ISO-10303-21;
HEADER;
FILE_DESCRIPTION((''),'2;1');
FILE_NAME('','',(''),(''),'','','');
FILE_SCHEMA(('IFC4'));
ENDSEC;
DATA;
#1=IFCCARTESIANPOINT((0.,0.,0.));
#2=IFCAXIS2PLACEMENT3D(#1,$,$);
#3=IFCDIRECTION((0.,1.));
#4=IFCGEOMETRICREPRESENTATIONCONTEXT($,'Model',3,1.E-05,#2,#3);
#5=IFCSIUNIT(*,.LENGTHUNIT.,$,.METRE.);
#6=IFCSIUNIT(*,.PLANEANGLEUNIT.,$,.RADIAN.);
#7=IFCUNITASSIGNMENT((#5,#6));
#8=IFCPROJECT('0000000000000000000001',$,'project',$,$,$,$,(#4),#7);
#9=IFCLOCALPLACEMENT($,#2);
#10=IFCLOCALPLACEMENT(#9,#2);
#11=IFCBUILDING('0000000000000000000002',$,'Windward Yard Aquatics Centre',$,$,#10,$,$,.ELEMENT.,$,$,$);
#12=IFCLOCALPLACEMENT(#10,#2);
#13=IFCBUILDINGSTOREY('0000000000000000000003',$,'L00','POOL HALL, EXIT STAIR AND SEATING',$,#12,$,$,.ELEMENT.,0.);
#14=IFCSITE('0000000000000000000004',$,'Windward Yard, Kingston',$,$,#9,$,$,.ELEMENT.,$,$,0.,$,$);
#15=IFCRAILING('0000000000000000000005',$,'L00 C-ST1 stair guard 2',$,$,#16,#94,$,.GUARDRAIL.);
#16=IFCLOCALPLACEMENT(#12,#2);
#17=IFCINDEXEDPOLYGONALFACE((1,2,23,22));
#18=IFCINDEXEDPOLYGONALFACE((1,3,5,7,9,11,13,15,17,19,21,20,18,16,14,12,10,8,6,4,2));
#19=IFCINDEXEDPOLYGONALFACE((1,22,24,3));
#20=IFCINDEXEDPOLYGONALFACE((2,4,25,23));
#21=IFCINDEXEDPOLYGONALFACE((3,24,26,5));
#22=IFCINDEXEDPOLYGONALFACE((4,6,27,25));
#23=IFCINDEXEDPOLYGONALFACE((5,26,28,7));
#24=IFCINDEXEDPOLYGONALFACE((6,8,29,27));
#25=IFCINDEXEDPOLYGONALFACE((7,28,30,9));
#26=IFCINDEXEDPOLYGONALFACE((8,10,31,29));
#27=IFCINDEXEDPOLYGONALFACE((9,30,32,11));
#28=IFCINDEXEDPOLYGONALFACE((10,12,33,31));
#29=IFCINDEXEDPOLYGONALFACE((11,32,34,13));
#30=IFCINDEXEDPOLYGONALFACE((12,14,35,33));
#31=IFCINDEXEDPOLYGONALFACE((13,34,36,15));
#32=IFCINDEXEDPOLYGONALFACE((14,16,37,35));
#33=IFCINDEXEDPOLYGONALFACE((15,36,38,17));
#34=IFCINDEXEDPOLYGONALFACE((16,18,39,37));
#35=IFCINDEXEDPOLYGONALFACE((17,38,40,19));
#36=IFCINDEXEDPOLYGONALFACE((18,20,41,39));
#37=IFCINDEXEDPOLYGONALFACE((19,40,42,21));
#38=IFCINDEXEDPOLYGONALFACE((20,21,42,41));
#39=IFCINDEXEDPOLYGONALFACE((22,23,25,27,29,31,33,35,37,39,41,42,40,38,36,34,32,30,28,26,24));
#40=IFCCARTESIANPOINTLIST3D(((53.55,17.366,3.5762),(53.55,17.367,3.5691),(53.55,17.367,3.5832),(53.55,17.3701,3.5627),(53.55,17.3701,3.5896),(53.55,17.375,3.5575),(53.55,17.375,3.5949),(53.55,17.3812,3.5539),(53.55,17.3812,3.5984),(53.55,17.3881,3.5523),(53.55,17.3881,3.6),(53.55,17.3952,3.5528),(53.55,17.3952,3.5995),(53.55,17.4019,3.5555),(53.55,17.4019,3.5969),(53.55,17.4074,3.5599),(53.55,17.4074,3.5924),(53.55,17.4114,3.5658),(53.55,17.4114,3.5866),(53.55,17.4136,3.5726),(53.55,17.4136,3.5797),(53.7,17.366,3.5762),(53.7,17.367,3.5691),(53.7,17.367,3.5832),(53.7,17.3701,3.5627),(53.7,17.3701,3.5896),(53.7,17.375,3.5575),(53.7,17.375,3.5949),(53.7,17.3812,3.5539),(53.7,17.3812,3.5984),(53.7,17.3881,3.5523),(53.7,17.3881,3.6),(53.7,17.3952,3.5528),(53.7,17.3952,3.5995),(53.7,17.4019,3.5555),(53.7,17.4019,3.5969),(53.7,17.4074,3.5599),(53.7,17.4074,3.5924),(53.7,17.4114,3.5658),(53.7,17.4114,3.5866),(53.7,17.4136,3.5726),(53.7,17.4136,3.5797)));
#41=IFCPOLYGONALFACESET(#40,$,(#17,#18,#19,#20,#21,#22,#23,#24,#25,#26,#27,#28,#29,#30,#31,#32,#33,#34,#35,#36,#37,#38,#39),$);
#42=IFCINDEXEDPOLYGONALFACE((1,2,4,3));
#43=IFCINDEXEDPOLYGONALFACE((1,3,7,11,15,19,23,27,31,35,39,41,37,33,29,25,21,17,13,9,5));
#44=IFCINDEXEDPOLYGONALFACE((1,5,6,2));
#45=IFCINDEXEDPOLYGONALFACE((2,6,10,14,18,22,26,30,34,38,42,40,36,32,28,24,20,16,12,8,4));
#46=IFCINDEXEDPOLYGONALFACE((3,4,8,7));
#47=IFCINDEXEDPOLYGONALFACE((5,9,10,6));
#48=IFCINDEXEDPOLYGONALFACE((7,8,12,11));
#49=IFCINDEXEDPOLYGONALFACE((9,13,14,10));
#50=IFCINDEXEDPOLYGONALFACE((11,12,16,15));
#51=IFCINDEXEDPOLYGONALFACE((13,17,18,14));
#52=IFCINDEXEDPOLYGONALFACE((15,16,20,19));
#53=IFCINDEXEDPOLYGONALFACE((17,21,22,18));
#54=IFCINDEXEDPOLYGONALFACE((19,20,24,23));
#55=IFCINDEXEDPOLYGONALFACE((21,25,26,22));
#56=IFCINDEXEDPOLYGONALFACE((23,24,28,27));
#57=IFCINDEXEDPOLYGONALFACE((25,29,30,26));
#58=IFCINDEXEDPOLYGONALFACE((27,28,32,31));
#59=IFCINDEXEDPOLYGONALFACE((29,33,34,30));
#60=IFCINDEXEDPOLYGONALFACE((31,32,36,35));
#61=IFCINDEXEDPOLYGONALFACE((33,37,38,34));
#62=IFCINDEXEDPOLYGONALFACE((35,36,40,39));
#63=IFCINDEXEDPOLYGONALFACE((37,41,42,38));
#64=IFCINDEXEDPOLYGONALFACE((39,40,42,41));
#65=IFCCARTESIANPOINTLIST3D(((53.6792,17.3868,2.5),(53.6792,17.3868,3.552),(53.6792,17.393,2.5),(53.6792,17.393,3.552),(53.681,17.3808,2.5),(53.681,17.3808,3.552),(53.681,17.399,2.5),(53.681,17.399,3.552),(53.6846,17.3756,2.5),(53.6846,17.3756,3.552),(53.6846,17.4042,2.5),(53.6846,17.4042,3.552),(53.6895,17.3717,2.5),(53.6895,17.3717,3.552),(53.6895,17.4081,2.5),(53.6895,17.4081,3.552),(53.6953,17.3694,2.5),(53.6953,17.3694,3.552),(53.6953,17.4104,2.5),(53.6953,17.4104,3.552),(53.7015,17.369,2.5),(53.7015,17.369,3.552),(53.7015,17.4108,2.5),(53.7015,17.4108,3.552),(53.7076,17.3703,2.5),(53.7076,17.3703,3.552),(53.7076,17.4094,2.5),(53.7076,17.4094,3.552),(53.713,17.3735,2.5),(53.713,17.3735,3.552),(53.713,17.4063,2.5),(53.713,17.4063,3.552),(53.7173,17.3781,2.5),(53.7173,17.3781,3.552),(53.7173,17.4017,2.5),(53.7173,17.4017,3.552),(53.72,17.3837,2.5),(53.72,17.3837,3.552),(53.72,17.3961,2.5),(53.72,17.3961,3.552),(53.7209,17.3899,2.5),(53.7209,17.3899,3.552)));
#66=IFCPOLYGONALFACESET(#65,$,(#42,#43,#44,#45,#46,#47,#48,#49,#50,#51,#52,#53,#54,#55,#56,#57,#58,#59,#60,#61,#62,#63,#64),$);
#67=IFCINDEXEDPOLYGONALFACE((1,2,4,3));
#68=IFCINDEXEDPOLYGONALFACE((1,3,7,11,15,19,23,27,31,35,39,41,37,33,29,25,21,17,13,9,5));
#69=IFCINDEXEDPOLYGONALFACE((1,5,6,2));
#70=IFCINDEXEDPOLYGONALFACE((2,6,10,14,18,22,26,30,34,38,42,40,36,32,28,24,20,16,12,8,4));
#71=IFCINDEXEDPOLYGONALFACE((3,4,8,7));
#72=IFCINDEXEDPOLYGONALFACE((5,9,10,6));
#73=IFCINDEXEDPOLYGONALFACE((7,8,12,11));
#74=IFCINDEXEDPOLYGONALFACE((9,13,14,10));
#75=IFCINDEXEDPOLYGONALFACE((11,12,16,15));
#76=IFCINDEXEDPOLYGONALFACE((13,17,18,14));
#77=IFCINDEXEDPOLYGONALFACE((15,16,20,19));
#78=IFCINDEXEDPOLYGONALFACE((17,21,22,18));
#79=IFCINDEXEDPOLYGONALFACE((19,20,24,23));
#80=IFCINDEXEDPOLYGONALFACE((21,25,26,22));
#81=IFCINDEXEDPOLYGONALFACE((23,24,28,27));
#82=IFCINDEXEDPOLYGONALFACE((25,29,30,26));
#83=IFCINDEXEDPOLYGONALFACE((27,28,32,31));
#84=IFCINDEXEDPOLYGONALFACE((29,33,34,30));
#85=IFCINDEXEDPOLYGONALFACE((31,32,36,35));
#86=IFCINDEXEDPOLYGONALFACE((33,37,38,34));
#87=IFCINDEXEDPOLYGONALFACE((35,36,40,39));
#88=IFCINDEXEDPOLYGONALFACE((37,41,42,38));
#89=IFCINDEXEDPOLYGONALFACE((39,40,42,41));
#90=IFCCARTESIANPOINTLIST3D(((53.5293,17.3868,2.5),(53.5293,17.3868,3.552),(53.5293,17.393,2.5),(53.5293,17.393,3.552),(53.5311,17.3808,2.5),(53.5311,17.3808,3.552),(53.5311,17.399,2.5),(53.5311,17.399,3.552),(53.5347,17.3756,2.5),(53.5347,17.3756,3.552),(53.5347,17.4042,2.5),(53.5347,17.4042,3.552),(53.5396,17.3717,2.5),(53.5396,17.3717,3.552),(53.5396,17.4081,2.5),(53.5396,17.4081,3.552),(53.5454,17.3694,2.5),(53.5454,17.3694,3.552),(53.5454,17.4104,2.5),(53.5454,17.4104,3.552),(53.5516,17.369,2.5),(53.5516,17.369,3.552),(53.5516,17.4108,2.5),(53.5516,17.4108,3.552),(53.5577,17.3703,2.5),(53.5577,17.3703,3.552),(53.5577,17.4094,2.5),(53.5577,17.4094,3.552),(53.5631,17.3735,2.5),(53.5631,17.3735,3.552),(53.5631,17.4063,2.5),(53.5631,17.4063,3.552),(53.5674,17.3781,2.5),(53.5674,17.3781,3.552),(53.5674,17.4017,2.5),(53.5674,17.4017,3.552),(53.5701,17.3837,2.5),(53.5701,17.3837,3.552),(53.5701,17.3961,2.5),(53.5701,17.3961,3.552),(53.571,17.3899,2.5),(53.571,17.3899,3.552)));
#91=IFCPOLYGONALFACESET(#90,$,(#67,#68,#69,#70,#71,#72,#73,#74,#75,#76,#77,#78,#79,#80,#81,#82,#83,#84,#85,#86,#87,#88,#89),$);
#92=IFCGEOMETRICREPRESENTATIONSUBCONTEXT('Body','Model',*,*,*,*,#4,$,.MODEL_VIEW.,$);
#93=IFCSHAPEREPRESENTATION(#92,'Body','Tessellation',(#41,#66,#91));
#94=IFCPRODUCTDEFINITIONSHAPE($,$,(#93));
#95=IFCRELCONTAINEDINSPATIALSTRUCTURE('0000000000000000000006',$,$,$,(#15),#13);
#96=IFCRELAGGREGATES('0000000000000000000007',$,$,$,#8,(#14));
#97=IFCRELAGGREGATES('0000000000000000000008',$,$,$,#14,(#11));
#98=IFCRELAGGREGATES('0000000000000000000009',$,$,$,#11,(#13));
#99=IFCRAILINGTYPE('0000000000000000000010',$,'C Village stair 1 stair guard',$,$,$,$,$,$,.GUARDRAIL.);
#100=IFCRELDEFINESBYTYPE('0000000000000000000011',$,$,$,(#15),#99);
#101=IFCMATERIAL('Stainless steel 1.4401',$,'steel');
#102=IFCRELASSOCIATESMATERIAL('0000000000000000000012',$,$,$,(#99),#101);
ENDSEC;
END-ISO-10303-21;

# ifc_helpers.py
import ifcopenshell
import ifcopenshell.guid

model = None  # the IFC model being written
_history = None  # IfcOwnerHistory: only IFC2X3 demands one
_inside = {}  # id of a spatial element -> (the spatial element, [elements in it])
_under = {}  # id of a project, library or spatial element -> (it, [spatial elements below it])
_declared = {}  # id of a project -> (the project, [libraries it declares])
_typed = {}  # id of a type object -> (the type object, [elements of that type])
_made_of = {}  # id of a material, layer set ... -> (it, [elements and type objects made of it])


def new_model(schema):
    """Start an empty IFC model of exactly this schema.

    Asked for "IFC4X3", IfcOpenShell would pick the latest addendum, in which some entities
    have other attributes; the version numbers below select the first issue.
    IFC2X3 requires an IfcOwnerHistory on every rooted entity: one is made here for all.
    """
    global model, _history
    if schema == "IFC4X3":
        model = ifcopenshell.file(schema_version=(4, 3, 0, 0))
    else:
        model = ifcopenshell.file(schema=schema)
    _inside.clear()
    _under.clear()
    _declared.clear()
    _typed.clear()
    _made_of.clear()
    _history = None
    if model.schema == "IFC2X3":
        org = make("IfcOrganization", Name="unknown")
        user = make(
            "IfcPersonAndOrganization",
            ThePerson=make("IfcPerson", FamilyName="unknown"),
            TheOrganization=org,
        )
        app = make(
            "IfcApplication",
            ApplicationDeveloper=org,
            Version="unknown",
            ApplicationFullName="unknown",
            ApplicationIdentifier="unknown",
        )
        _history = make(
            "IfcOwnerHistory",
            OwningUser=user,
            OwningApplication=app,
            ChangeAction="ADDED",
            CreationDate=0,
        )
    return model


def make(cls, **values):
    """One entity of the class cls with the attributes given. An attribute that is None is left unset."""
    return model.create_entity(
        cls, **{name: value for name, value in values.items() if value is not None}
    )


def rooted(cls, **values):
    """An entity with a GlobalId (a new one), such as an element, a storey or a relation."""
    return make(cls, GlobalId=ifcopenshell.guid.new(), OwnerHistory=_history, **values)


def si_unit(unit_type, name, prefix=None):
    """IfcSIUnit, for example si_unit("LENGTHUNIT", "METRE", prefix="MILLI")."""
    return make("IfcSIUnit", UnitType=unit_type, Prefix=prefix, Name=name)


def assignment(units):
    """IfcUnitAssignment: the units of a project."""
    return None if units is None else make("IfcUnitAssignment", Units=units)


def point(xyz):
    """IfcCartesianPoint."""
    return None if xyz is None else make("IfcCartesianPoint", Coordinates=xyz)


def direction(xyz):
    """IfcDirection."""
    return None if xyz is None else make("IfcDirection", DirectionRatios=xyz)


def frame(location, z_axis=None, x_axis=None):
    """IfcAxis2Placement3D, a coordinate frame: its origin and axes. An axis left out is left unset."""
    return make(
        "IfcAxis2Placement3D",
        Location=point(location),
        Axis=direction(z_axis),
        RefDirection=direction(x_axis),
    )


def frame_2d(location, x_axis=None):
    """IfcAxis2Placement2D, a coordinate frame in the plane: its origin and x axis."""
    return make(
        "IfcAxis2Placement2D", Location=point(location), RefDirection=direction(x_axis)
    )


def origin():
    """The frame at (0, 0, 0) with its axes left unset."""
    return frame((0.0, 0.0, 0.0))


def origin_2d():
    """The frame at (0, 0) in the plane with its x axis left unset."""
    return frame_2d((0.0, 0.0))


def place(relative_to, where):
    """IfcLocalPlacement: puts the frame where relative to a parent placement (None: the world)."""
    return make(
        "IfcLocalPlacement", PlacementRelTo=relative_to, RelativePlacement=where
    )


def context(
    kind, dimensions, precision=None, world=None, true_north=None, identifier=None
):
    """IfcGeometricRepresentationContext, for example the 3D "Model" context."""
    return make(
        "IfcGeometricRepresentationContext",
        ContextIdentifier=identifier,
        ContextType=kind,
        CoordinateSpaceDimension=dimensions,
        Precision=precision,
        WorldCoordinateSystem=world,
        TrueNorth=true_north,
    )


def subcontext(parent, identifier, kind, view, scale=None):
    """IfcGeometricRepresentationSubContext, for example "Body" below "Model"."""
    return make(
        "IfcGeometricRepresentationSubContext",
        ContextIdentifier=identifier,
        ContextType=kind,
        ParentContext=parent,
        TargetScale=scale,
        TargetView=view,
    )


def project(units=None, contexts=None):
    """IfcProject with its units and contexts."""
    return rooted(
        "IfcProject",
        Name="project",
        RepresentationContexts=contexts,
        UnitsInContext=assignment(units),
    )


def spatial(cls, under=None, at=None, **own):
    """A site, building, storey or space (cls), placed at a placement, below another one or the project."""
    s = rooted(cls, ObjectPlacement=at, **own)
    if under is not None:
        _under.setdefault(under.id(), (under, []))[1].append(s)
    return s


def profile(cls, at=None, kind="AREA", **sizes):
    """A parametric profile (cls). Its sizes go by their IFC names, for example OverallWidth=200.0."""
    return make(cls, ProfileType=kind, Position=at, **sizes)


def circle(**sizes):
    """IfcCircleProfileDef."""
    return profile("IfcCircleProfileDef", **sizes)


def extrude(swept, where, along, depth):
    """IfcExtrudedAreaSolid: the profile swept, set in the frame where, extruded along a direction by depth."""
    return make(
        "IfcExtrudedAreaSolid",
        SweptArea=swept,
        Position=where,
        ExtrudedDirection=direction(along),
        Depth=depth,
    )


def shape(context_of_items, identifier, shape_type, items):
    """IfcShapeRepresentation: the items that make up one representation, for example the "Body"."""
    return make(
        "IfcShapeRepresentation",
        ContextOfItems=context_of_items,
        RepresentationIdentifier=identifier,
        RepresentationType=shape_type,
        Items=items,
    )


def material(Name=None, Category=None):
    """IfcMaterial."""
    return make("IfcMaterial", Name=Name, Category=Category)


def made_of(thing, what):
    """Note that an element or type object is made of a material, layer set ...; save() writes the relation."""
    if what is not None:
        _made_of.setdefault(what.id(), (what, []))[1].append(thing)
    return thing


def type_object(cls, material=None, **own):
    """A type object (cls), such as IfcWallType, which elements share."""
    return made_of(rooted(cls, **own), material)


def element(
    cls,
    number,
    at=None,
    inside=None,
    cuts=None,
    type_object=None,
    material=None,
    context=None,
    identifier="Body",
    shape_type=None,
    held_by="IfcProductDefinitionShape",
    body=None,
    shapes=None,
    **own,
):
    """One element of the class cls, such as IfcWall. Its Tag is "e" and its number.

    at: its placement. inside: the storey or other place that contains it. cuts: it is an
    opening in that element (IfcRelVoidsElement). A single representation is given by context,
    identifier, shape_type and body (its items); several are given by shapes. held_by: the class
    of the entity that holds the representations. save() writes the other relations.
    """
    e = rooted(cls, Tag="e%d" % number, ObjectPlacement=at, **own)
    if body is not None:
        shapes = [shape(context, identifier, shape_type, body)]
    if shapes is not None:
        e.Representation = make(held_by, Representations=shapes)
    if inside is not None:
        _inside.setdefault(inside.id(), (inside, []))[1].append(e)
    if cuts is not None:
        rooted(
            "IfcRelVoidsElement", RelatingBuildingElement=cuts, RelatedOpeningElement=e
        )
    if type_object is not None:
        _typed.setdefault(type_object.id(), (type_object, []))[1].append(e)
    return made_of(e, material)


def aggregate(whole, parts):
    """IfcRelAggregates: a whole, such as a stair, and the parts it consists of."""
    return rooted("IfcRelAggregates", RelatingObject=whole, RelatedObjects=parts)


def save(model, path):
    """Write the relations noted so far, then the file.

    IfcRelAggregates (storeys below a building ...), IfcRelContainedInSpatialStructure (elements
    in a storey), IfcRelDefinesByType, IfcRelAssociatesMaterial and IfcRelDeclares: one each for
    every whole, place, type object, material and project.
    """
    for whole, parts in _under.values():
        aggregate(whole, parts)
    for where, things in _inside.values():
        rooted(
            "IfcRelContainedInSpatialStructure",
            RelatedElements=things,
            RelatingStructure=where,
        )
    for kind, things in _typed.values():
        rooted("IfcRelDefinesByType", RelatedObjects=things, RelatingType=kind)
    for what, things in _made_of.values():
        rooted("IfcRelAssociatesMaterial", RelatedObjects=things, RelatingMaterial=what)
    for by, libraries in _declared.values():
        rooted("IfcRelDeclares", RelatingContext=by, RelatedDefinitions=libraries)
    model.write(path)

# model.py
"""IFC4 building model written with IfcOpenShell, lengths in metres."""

from ifc_helpers import new_model, si_unit, direction, frame, origin, origin_2d, place, context, subcontext, project, spatial, circle, extrude, material, type_object, element, save


model = new_model("IFC4")

# Units and contexts
model_context = context("Model", 3, precision=1e-05, world=origin(), true_north=direction((0.0, 1.0)))
body_context = subcontext(model_context, "Body", "Model", "MODEL_VIEW")
ifc_project = project(units=[si_unit("LENGTHUNIT", "METRE"), si_unit("PLANEANGLEUNIT", "RADIAN")], contexts=[model_context])

# Site, building, storey
site_placement = place(None, origin())
site = spatial("IfcSite", under=ifc_project, at=site_placement, Name="Windward Yard, Kingston", CompositionType="ELEMENT", RefElevation=0.0)
building_placement = place(site_placement, origin())
building = spatial("IfcBuilding", under=site, at=building_placement, Name="Windward Yard Aquatics Centre", CompositionType="ELEMENT")
storey_placement = place(building_placement, origin())
storey = spatial("IfcBuildingStorey", under=building, at=storey_placement, Name="L00", Description="POOL HALL, EXIT STAIR AND SEATING", CompositionType="ELEMENT", Elevation=0.0)

# Railing
ifc_material_1 = material(Name="Stainless steel 1.4401", Category="steel")
railing_type_1 = type_object("IfcRailingType", Name="C Village stair 1 stair guard", PredefinedType="GUARDRAIL", material=ifc_material_1)
railing_1_placement = place(storey_placement, frame((53.7, 17.3899, 2.5)))
element("IfcRailing", 1, at=railing_1_placement, inside=storey, type_object=railing_type_1, Name="L00 C-ST1 stair guard 2", PredefinedType="GUARDRAIL", context=body_context, shape_type="SweptSolid", body=[
    extrude(circle(Radius=0.0239, at=origin_2d()), frame((0.0, 0.0, 1.0762), z_axis=(-1.0, 0.0, 0.0), x_axis=(0.0, -1.0, 0.0)), (0.0, 0.0, 1.0), 0.1499),
    extrude(circle(Radius=0.021, at=origin_2d()), origin(), (0.0, 0.0, 1.0), 1.052),
    extrude(circle(Radius=0.021, at=origin_2d()), frame((-0.1499, 0.0, 0.0)), (0.0, 0.0, 1.0), 1.052),
])

save(model, "model.ifc")
